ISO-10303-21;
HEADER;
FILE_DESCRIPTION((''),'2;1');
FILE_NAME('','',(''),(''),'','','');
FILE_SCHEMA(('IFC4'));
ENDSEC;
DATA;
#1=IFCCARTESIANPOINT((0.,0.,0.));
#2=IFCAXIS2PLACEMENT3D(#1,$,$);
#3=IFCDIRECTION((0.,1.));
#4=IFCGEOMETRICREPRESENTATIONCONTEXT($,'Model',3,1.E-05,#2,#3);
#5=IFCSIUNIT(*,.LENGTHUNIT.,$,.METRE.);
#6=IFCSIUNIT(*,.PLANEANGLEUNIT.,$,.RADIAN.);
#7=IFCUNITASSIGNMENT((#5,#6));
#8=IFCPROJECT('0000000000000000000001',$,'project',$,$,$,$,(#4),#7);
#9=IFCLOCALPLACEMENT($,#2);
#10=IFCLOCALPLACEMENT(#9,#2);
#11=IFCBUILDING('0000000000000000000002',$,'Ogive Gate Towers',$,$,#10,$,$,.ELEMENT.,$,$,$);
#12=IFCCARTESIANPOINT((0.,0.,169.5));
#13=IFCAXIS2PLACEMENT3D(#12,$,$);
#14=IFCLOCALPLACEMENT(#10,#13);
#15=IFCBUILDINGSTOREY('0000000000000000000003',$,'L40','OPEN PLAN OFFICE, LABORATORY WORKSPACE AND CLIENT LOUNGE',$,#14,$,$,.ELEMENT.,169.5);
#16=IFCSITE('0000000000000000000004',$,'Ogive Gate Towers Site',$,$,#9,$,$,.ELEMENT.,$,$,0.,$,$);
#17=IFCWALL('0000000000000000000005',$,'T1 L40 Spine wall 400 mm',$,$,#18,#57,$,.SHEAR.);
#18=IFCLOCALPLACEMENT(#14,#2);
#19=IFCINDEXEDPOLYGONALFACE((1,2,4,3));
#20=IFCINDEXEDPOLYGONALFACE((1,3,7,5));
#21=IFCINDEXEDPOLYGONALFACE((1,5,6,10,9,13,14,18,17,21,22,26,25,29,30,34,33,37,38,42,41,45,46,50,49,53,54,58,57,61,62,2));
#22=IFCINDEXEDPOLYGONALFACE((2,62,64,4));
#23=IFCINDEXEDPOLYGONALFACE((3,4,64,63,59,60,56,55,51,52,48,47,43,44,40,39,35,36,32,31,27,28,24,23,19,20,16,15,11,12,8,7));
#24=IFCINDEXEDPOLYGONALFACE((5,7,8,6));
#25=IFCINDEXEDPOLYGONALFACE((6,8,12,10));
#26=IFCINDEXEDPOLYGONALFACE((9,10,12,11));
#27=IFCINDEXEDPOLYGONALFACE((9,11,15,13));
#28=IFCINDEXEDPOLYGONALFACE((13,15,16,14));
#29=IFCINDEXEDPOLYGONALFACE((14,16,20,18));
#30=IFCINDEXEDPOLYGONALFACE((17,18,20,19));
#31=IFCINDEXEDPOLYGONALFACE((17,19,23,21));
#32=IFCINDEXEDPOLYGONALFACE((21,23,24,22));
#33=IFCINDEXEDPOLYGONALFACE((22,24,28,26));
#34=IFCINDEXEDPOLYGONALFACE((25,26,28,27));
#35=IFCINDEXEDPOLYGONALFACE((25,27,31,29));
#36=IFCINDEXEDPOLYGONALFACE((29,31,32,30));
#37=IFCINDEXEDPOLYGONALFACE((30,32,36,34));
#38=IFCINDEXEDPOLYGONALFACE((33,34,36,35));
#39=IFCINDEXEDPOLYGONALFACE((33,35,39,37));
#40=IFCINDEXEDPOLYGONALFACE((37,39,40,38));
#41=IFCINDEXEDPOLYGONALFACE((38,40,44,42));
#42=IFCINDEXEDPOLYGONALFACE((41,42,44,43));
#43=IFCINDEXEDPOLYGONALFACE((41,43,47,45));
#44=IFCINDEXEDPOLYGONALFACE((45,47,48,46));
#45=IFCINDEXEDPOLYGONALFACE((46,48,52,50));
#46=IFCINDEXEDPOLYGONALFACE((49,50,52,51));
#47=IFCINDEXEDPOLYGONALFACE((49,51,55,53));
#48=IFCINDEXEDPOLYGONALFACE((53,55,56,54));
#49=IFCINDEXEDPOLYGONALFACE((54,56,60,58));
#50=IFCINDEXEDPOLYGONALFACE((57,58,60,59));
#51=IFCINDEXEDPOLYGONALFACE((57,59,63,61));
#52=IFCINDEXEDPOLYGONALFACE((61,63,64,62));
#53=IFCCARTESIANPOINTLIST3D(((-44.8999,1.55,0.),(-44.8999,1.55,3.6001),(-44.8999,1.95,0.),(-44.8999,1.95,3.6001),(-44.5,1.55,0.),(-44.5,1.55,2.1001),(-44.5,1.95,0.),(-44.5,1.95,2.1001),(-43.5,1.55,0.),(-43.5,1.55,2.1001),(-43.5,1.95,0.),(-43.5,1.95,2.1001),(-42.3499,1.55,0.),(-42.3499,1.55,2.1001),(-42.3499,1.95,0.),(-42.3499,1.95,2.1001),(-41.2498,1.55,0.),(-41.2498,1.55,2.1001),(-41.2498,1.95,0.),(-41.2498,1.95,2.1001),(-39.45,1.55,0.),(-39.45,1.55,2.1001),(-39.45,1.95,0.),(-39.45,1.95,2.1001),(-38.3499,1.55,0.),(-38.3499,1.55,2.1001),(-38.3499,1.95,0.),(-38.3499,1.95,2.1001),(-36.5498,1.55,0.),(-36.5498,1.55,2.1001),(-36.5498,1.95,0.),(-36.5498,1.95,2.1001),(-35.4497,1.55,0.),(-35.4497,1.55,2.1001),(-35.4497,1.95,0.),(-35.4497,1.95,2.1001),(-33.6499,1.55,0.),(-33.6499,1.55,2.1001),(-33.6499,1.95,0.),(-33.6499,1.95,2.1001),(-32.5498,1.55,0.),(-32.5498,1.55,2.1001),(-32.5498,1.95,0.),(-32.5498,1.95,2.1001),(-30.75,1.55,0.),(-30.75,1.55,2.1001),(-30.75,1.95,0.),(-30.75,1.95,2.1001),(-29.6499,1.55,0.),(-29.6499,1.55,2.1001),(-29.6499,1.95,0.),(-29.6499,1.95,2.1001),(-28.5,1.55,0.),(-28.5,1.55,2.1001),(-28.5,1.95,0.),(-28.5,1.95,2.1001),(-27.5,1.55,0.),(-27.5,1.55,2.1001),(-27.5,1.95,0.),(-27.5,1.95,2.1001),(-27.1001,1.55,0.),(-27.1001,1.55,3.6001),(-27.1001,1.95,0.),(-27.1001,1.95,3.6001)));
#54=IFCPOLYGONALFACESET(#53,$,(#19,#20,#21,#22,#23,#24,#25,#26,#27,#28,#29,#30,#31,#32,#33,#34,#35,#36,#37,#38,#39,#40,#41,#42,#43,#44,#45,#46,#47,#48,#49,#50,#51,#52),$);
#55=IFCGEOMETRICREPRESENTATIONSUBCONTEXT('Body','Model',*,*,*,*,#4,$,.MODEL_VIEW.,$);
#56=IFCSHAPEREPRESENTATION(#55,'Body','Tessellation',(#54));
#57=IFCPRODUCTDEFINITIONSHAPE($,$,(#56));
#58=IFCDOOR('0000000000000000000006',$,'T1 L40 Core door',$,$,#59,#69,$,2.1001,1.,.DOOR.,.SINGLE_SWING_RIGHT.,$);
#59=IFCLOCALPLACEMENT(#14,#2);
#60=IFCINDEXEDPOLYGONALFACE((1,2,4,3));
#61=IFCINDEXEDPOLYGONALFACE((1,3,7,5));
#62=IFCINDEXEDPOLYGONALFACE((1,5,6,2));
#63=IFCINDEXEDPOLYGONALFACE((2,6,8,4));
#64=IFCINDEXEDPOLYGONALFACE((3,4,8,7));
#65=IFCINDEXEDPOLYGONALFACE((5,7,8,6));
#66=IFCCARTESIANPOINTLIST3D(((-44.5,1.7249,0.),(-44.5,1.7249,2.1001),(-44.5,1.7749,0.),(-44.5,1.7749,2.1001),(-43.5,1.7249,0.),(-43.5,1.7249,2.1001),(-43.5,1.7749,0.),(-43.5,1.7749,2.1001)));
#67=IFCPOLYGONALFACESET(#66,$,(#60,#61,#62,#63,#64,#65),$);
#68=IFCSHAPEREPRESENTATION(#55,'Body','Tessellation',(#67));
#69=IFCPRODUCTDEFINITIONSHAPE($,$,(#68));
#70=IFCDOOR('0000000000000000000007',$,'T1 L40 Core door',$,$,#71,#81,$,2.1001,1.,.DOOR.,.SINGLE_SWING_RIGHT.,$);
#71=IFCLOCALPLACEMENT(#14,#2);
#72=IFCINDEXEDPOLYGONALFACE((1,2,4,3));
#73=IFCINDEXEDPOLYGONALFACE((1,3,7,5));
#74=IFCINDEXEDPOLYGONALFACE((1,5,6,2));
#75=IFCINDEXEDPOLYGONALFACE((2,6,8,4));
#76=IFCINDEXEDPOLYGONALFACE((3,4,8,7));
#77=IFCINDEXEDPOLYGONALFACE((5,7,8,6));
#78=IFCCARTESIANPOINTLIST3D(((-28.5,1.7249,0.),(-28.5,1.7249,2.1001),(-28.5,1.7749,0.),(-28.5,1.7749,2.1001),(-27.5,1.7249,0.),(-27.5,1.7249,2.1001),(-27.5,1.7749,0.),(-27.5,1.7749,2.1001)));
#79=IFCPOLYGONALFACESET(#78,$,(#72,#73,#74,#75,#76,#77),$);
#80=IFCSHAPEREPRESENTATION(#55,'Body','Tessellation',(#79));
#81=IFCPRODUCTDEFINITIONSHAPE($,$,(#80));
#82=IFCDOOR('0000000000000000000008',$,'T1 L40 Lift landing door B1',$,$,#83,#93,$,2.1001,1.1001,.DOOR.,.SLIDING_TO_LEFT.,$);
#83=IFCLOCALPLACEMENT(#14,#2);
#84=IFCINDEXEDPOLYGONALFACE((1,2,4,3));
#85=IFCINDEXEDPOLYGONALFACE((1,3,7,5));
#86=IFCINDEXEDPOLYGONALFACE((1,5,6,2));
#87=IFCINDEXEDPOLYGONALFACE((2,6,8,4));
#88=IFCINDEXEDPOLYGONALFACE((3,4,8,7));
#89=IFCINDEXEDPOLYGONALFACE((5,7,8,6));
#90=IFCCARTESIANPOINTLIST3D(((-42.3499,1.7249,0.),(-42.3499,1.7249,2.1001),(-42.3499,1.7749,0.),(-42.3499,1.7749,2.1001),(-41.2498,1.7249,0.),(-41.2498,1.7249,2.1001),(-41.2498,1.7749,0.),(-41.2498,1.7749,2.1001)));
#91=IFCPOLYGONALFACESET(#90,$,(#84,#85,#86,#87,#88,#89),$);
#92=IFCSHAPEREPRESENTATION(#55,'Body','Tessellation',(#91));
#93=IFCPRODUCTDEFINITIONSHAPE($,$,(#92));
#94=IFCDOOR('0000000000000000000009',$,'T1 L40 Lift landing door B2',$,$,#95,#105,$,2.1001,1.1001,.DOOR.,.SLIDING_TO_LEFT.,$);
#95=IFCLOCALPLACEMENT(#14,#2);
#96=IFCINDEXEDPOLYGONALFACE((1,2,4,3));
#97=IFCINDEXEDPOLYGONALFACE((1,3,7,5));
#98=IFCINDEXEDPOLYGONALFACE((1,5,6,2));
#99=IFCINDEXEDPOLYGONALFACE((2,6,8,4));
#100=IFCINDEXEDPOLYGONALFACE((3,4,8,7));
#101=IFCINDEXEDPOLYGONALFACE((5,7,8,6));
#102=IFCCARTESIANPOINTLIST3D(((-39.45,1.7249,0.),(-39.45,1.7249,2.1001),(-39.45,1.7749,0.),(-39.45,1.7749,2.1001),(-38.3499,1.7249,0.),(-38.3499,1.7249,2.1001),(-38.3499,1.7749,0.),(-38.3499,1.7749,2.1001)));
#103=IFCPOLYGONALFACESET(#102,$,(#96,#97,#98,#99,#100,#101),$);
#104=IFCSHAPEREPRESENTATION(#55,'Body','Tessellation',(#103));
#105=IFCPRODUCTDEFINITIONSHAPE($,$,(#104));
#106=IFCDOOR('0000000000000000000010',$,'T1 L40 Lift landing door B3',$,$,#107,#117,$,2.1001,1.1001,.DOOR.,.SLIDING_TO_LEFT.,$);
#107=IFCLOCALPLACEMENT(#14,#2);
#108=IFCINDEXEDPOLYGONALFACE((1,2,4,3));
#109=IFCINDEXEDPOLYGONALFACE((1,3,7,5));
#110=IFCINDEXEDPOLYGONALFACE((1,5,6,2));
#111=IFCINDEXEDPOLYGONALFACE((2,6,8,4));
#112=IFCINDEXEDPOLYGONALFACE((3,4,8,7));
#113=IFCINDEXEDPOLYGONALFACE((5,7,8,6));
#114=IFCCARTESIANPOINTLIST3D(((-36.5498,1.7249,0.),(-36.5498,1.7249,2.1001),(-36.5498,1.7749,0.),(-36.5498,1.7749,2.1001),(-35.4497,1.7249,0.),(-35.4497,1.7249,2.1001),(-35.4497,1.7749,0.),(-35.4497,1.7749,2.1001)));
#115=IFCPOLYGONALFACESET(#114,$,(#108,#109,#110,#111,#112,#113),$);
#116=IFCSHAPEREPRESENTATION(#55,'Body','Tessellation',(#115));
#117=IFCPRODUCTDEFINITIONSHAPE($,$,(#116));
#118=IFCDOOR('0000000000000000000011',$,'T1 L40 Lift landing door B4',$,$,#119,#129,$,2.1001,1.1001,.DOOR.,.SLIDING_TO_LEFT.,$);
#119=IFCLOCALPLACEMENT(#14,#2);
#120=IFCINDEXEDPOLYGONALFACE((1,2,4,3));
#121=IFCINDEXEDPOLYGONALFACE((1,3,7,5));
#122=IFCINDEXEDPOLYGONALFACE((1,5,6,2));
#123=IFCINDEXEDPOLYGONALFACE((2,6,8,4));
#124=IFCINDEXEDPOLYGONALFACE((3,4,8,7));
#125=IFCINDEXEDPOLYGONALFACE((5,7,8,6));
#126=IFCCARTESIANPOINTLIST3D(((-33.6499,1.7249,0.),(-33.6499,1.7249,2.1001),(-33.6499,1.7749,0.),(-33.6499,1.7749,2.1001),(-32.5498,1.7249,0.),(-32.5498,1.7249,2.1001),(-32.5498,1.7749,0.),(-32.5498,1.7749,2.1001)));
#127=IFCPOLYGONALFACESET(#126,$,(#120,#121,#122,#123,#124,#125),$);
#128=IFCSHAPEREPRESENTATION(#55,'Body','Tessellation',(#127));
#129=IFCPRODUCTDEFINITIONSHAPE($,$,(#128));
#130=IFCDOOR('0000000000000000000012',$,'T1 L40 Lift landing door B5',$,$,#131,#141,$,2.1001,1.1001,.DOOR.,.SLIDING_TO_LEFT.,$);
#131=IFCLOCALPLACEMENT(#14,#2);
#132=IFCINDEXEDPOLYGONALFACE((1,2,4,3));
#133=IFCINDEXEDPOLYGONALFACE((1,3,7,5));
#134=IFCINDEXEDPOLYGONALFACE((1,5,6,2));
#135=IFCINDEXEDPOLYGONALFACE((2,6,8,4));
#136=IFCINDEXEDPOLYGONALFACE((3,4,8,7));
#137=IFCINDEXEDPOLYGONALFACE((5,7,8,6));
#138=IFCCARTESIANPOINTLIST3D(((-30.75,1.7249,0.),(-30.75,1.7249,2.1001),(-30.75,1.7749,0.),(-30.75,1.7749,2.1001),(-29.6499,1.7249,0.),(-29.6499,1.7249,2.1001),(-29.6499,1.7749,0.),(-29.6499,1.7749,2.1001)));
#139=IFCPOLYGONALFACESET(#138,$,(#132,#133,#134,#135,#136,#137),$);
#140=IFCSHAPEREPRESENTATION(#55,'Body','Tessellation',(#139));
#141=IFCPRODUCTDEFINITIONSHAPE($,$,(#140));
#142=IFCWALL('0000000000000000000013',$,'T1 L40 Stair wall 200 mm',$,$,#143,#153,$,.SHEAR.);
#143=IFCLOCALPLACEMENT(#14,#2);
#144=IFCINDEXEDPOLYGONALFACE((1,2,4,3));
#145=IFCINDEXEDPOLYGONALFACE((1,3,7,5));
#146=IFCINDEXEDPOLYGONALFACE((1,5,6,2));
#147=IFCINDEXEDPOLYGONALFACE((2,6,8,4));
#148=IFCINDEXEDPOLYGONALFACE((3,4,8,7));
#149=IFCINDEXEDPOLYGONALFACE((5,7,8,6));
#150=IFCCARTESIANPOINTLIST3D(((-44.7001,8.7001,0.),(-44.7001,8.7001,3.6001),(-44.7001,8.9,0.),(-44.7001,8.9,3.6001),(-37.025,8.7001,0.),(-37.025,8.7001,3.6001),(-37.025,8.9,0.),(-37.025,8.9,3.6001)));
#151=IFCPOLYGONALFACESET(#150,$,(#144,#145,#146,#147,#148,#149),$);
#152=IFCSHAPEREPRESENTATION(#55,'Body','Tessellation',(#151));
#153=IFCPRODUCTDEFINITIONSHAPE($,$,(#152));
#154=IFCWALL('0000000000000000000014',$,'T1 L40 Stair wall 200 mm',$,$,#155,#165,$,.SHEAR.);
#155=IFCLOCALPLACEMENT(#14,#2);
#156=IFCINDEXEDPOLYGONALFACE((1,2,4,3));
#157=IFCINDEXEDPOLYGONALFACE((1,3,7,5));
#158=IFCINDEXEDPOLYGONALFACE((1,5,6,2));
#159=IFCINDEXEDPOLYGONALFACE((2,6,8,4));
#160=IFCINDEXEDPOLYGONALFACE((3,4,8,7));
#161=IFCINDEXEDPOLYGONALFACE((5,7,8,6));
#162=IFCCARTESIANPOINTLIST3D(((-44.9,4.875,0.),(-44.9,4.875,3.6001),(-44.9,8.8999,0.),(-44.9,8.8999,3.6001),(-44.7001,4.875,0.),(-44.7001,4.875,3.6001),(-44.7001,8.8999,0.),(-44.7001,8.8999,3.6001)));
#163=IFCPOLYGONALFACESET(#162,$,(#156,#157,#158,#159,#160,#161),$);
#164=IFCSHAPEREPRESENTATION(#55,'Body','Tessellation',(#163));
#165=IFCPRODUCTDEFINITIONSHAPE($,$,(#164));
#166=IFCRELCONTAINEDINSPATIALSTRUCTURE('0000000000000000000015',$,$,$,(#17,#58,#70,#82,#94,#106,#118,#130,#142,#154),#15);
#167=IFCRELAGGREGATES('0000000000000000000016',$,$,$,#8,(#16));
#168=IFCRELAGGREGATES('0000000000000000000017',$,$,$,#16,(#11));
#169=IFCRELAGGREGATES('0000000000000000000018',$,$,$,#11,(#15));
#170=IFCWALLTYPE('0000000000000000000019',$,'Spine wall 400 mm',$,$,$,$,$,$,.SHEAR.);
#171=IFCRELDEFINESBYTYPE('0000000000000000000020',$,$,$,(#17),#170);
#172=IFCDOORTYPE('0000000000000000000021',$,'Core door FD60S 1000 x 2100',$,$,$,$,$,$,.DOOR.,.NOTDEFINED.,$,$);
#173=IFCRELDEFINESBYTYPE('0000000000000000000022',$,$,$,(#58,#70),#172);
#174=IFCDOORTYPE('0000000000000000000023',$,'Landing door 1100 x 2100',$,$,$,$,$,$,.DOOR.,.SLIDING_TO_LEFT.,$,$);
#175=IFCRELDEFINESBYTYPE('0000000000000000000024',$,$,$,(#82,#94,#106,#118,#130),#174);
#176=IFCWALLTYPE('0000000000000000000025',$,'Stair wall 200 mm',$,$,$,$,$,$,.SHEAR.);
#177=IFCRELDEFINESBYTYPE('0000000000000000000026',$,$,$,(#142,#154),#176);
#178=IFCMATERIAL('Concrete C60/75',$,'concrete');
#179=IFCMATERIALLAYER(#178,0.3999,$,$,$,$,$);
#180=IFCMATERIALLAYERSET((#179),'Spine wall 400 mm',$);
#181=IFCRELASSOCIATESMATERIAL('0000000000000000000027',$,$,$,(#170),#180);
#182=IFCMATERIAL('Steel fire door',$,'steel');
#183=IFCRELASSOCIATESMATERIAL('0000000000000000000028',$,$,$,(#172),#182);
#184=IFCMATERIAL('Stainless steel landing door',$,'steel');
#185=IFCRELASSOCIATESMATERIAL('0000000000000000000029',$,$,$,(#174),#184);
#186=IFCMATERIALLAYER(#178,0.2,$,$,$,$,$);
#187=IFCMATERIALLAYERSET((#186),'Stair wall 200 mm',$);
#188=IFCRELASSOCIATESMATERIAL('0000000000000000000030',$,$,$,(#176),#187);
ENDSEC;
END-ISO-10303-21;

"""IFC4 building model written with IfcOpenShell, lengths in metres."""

from ifc_helpers import new_model, si_unit, direction, frame, frame_2d, origin, place, context, subcontext, project, spatial, rectangle, extrude, material, layer, layer_set, type_object, element, fill, save


model = new_model("IFC4")

# Units and contexts
model_context = context("Model", 3, precision=1e-05, world=origin(), true_north=direction((0.0, 1.0)))
body_context = subcontext(model_context, "Body", "Model", "MODEL_VIEW")
ifc_project = project(units=[si_unit("LENGTHUNIT", "METRE"), si_unit("PLANEANGLEUNIT", "RADIAN")], contexts=[model_context])

# Site, building, storey
site_placement = place(None, origin())
site = spatial("IfcSite", under=ifc_project, at=site_placement, Name="Ogive Gate Towers Site", CompositionType="ELEMENT", RefElevation=0.0)
building_placement = place(site_placement, origin())
building = spatial("IfcBuilding", under=site, at=building_placement, Name="Ogive Gate Towers", CompositionType="ELEMENT")
storey_placement = place(building_placement, frame((0.0, 0.0, 169.5)))
storey = spatial("IfcBuildingStorey", under=building, at=storey_placement, Name="L40", Description="OPEN PLAN OFFICE, LABORATORY WORKSPACE AND CLIENT LOUNGE", CompositionType="ELEMENT", Elevation=169.5)

# Shared definitions
ifc_material_1 = material(Name="Concrete C60/75", Category="concrete")
ifc_material_2 = material(Name="Steel fire door", Category="steel")

# Wall, openings, doors
ifc_layer_1 = layer(ifc_material_1, 0.3999)
ifc_layer_set_1 = layer_set([ifc_layer_1], Name="Spine wall 400 mm")
wall_type_1 = type_object("IfcWallType", Name="Spine wall 400 mm", PredefinedType="SHEAR", material=ifc_layer_set_1)
wall_1_placement = place(storey_placement, frame((-44.8999, 1.75, 0.0), z_axis=(0.0, 0.0, 1.0), x_axis=(1.0, 0.0, 0.0)))
wall_1 = element("IfcWall", 1, at=wall_1_placement, inside=storey, type_object=wall_type_1, Name="T1 L40 Spine wall 400 mm", PredefinedType="SHEAR", context=body_context, shape_type="SweptSolid", body=[
    extrude(rectangle(XDim=17.7998, YDim=0.3999, at=frame_2d((8.8999, 0.0))), origin(), (0.0, 0.0, 1.0), 3.6001),
])
opening_1_placement = place(wall_1_placement, frame((0.3999, 0.0, 0.0)))
opening_1 = element("IfcOpeningElement", 2, at=opening_1_placement, cuts=wall_1, PredefinedType="OPENING", context=body_context, shape_type="SweptSolid", body=[
    extrude(rectangle(XDim=1.0, YDim=2.1001, at=frame_2d((0.5, 1.05))), frame((0.0, 0.21, 0.0), z_axis=(0.0, -1.0, 0.0), x_axis=(1.0, 0.0, 0.0)), (0.0, 0.0, 1.0), 0.4199),
])
opening_2_placement = place(wall_1_placement, frame((2.55, 0.0, 0.0)))
opening_2 = element("IfcOpeningElement", 3, at=opening_2_placement, cuts=wall_1, PredefinedType="OPENING", context=body_context, shape_type="SweptSolid", body=[
    extrude(rectangle(XDim=1.1001, YDim=2.1001, at=frame_2d((0.55, 1.05))), frame((0.0, 0.21, 0.0), z_axis=(0.0, -1.0, 0.0), x_axis=(1.0, 0.0, 0.0)), (0.0, 0.0, 1.0), 0.4199),
])
opening_3_placement = place(wall_1_placement, frame((5.45, 0.0, 0.0)))
opening_3 = element("IfcOpeningElement", 4, at=opening_3_placement, cuts=wall_1, PredefinedType="OPENING", context=body_context, shape_type="SweptSolid", body=[
    extrude(rectangle(XDim=1.1001, YDim=2.1001, at=frame_2d((0.55, 1.05))), frame((0.0, 0.21, 0.0), z_axis=(0.0, -1.0, 0.0), x_axis=(1.0, 0.0, 0.0)), (0.0, 0.0, 1.0), 0.4199),
])
opening_4_placement = place(wall_1_placement, frame((8.3501, 0.0, 0.0)))
opening_4 = element("IfcOpeningElement", 5, at=opening_4_placement, cuts=wall_1, PredefinedType="OPENING", context=body_context, shape_type="SweptSolid", body=[
    extrude(rectangle(XDim=1.1001, YDim=2.1001, at=frame_2d((0.55, 1.05))), frame((0.0, 0.21, 0.0), z_axis=(0.0, -1.0, 0.0), x_axis=(1.0, 0.0, 0.0)), (0.0, 0.0, 1.0), 0.4199),
])
opening_5_placement = place(wall_1_placement, frame((11.25, 0.0, 0.0)))
opening_5 = element("IfcOpeningElement", 6, at=opening_5_placement, cuts=wall_1, PredefinedType="OPENING", context=body_context, shape_type="SweptSolid", body=[
    extrude(rectangle(XDim=1.1001, YDim=2.1001, at=frame_2d((0.55, 1.05))), frame((0.0, 0.21, 0.0), z_axis=(0.0, -1.0, 0.0), x_axis=(1.0, 0.0, 0.0)), (0.0, 0.0, 1.0), 0.4199),
])
opening_6_placement = place(wall_1_placement, frame((14.1499, 0.0, 0.0)))
opening_6 = element("IfcOpeningElement", 7, at=opening_6_placement, cuts=wall_1, PredefinedType="OPENING", context=body_context, shape_type="SweptSolid", body=[
    extrude(rectangle(XDim=1.1001, YDim=2.1001, at=frame_2d((0.55, 1.05))), frame((0.0, 0.21, 0.0), z_axis=(0.0, -1.0, 0.0), x_axis=(1.0, 0.0, 0.0)), (0.0, 0.0, 1.0), 0.4199),
])
opening_7_placement = place(wall_1_placement, frame((16.3999, 0.0, 0.0)))
opening_7 = element("IfcOpeningElement", 8, at=opening_7_placement, cuts=wall_1, PredefinedType="OPENING", context=body_context, shape_type="SweptSolid", body=[
    extrude(rectangle(XDim=1.0, YDim=2.1001, at=frame_2d((0.5, 1.05))), frame((0.0, 0.21, 0.0), z_axis=(0.0, -1.0, 0.0), x_axis=(1.0, 0.0, 0.0)), (0.0, 0.0, 1.0), 0.4199),
])
door_type_1 = type_object("IfcDoorType", Name="Core door FD60S 1000 x 2100", OperationType="NOTDEFINED", PredefinedType="DOOR", material=ifc_material_2)
door_1_placement = place(opening_1_placement, origin())
door_1 = element("IfcDoor", 9, at=door_1_placement, inside=storey, type_object=door_type_1, Name="T1 L40 Core door", OperationType="SINGLE_SWING_RIGHT", OverallHeight=2.1001, OverallWidth=1.0, PredefinedType="DOOR", context=body_context, shape_type="SweptSolid", body=[
    extrude(rectangle(XDim=1.0, YDim=2.1001, at=frame_2d((0.5, 1.05))), frame((0.0, 0.0249, 0.0), z_axis=(0.0, -1.0, 0.0), x_axis=(1.0, 0.0, 0.0)), (0.0, 0.0, 1.0), 0.05),
])
fill(opening_1, door_1)
door_2_placement = place(opening_7_placement, origin())
door_2 = element("IfcDoor", 10, at=door_2_placement, inside=storey, type_object=door_type_1, Name="T1 L40 Core door", OperationType="SINGLE_SWING_RIGHT", OverallHeight=2.1001, OverallWidth=1.0, PredefinedType="DOOR", context=body_context, shape_type="SweptSolid", body=[
    extrude(rectangle(XDim=1.0, YDim=2.1001, at=frame_2d((0.5, 1.05))), frame((0.0, 0.0249, 0.0), z_axis=(0.0, -1.0, 0.0), x_axis=(1.0, 0.0, 0.0)), (0.0, 0.0, 1.0), 0.05),
])
fill(opening_7, door_2)
ifc_material_3 = material(Name="Stainless steel landing door", Category="steel")
door_type_2 = type_object("IfcDoorType", Name="Landing door 1100 x 2100", OperationType="SLIDING_TO_LEFT", PredefinedType="DOOR", material=ifc_material_3)
door_3_placement = place(opening_2_placement, origin())
door_3 = element("IfcDoor", 11, at=door_3_placement, inside=storey, type_object=door_type_2, Name="T1 L40 Lift landing door B1", OperationType="SLIDING_TO_LEFT", OverallHeight=2.1001, OverallWidth=1.1001, PredefinedType="DOOR", context=body_context, shape_type="SweptSolid", body=[
    extrude(rectangle(XDim=1.1001, YDim=2.1001, at=frame_2d((0.55, 1.05))), frame((0.0, 0.0249, 0.0), z_axis=(0.0, -1.0, 0.0), x_axis=(1.0, 0.0, 0.0)), (0.0, 0.0, 1.0), 0.05),
])
fill(opening_2, door_3)
door_4_placement = place(opening_3_placement, origin())
door_4 = element("IfcDoor", 12, at=door_4_placement, inside=storey, type_object=door_type_2, Name="T1 L40 Lift landing door B2", OperationType="SLIDING_TO_LEFT", OverallHeight=2.1001, OverallWidth=1.1001, PredefinedType="DOOR", context=body_context, shape_type="SweptSolid", body=[
    extrude(rectangle(XDim=1.1001, YDim=2.1001, at=frame_2d((0.55, 1.05))), frame((0.0, 0.0249, 0.0), z_axis=(0.0, -1.0, 0.0), x_axis=(1.0, 0.0, 0.0)), (0.0, 0.0, 1.0), 0.05),
])
fill(opening_3, door_4)
door_5_placement = place(opening_4_placement, origin())
door_5 = element("IfcDoor", 13, at=door_5_placement, inside=storey, type_object=door_type_2, Name="T1 L40 Lift landing door B3", OperationType="SLIDING_TO_LEFT", OverallHeight=2.1001, OverallWidth=1.1001, PredefinedType="DOOR", context=body_context, shape_type="SweptSolid", body=[
    extrude(rectangle(XDim=1.1001, YDim=2.1001, at=frame_2d((0.55, 1.05))), frame((0.0, 0.0249, 0.0), z_axis=(0.0, -1.0, 0.0), x_axis=(1.0, 0.0, 0.0)), (0.0, 0.0, 1.0), 0.05),
])
fill(opening_4, door_5)
door_6_placement = place(opening_5_placement, origin())
door_6 = element("IfcDoor", 14, at=door_6_placement, inside=storey, type_object=door_type_2, Name="T1 L40 Lift landing door B4", OperationType="SLIDING_TO_LEFT", OverallHeight=2.1001, OverallWidth=1.1001, PredefinedType="DOOR", context=body_context, shape_type="SweptSolid", body=[
    extrude(rectangle(XDim=1.1001, YDim=2.1001, at=frame_2d((0.55, 1.05))), frame((0.0, 0.0249, 0.0), z_axis=(0.0, -1.0, 0.0), x_axis=(1.0, 0.0, 0.0)), (0.0, 0.0, 1.0), 0.05),
])
fill(opening_5, door_6)
door_7_placement = place(opening_6_placement, origin())
door_7 = element("IfcDoor", 15, at=door_7_placement, inside=storey, type_object=door_type_2, Name="T1 L40 Lift landing door B5", OperationType="SLIDING_TO_LEFT", OverallHeight=2.1001, OverallWidth=1.1001, PredefinedType="DOOR", context=body_context, shape_type="SweptSolid", body=[
    extrude(rectangle(XDim=1.1001, YDim=2.1001, at=frame_2d((0.55, 1.05))), frame((0.0, 0.0249, 0.0), z_axis=(0.0, -1.0, 0.0), x_axis=(1.0, 0.0, 0.0)), (0.0, 0.0, 1.0), 0.05),
])
fill(opening_6, door_7)

# Walls
ifc_layer_2 = layer(ifc_material_1, 0.2)
ifc_layer_set_2 = layer_set([ifc_layer_2], Name="Stair wall 200 mm")
wall_type_2 = type_object("IfcWallType", Name="Stair wall 200 mm", PredefinedType="SHEAR", material=ifc_layer_set_2)
wall_2_placement = place(storey_placement, frame((-44.7, 8.8, 0.0), z_axis=(0.0, 0.0, 1.0), x_axis=(1.0, 0.0, 0.0)))
element("IfcWall", 16, at=wall_2_placement, inside=storey, type_object=wall_type_2, Name="T1 L40 Stair wall 200 mm", PredefinedType="SHEAR", context=body_context, shape_type="SweptSolid", body=[
    extrude(rectangle(XDim=7.675, YDim=0.2, at=frame_2d((3.8374, 0.0))), origin(), (0.0, 0.0, 1.0), 3.6001),
])
wall_3_placement = place(storey_placement, frame((-44.8, 4.875, 0.0), z_axis=(0.0, 0.0, 1.0), x_axis=(0.0, 1.0, 0.0)))
element("IfcWall", 17, at=wall_3_placement, inside=storey, type_object=wall_type_2, Name="T1 L40 Stair wall 200 mm", PredefinedType="SHEAR", context=body_context, shape_type="SweptSolid", body=[
    extrude(rectangle(XDim=4.0249, YDim=0.2, at=frame_2d((2.0125, 0.0))), origin(), (0.0, 0.0, 1.0), 3.6001),
])

save(model, "model.ifc")
